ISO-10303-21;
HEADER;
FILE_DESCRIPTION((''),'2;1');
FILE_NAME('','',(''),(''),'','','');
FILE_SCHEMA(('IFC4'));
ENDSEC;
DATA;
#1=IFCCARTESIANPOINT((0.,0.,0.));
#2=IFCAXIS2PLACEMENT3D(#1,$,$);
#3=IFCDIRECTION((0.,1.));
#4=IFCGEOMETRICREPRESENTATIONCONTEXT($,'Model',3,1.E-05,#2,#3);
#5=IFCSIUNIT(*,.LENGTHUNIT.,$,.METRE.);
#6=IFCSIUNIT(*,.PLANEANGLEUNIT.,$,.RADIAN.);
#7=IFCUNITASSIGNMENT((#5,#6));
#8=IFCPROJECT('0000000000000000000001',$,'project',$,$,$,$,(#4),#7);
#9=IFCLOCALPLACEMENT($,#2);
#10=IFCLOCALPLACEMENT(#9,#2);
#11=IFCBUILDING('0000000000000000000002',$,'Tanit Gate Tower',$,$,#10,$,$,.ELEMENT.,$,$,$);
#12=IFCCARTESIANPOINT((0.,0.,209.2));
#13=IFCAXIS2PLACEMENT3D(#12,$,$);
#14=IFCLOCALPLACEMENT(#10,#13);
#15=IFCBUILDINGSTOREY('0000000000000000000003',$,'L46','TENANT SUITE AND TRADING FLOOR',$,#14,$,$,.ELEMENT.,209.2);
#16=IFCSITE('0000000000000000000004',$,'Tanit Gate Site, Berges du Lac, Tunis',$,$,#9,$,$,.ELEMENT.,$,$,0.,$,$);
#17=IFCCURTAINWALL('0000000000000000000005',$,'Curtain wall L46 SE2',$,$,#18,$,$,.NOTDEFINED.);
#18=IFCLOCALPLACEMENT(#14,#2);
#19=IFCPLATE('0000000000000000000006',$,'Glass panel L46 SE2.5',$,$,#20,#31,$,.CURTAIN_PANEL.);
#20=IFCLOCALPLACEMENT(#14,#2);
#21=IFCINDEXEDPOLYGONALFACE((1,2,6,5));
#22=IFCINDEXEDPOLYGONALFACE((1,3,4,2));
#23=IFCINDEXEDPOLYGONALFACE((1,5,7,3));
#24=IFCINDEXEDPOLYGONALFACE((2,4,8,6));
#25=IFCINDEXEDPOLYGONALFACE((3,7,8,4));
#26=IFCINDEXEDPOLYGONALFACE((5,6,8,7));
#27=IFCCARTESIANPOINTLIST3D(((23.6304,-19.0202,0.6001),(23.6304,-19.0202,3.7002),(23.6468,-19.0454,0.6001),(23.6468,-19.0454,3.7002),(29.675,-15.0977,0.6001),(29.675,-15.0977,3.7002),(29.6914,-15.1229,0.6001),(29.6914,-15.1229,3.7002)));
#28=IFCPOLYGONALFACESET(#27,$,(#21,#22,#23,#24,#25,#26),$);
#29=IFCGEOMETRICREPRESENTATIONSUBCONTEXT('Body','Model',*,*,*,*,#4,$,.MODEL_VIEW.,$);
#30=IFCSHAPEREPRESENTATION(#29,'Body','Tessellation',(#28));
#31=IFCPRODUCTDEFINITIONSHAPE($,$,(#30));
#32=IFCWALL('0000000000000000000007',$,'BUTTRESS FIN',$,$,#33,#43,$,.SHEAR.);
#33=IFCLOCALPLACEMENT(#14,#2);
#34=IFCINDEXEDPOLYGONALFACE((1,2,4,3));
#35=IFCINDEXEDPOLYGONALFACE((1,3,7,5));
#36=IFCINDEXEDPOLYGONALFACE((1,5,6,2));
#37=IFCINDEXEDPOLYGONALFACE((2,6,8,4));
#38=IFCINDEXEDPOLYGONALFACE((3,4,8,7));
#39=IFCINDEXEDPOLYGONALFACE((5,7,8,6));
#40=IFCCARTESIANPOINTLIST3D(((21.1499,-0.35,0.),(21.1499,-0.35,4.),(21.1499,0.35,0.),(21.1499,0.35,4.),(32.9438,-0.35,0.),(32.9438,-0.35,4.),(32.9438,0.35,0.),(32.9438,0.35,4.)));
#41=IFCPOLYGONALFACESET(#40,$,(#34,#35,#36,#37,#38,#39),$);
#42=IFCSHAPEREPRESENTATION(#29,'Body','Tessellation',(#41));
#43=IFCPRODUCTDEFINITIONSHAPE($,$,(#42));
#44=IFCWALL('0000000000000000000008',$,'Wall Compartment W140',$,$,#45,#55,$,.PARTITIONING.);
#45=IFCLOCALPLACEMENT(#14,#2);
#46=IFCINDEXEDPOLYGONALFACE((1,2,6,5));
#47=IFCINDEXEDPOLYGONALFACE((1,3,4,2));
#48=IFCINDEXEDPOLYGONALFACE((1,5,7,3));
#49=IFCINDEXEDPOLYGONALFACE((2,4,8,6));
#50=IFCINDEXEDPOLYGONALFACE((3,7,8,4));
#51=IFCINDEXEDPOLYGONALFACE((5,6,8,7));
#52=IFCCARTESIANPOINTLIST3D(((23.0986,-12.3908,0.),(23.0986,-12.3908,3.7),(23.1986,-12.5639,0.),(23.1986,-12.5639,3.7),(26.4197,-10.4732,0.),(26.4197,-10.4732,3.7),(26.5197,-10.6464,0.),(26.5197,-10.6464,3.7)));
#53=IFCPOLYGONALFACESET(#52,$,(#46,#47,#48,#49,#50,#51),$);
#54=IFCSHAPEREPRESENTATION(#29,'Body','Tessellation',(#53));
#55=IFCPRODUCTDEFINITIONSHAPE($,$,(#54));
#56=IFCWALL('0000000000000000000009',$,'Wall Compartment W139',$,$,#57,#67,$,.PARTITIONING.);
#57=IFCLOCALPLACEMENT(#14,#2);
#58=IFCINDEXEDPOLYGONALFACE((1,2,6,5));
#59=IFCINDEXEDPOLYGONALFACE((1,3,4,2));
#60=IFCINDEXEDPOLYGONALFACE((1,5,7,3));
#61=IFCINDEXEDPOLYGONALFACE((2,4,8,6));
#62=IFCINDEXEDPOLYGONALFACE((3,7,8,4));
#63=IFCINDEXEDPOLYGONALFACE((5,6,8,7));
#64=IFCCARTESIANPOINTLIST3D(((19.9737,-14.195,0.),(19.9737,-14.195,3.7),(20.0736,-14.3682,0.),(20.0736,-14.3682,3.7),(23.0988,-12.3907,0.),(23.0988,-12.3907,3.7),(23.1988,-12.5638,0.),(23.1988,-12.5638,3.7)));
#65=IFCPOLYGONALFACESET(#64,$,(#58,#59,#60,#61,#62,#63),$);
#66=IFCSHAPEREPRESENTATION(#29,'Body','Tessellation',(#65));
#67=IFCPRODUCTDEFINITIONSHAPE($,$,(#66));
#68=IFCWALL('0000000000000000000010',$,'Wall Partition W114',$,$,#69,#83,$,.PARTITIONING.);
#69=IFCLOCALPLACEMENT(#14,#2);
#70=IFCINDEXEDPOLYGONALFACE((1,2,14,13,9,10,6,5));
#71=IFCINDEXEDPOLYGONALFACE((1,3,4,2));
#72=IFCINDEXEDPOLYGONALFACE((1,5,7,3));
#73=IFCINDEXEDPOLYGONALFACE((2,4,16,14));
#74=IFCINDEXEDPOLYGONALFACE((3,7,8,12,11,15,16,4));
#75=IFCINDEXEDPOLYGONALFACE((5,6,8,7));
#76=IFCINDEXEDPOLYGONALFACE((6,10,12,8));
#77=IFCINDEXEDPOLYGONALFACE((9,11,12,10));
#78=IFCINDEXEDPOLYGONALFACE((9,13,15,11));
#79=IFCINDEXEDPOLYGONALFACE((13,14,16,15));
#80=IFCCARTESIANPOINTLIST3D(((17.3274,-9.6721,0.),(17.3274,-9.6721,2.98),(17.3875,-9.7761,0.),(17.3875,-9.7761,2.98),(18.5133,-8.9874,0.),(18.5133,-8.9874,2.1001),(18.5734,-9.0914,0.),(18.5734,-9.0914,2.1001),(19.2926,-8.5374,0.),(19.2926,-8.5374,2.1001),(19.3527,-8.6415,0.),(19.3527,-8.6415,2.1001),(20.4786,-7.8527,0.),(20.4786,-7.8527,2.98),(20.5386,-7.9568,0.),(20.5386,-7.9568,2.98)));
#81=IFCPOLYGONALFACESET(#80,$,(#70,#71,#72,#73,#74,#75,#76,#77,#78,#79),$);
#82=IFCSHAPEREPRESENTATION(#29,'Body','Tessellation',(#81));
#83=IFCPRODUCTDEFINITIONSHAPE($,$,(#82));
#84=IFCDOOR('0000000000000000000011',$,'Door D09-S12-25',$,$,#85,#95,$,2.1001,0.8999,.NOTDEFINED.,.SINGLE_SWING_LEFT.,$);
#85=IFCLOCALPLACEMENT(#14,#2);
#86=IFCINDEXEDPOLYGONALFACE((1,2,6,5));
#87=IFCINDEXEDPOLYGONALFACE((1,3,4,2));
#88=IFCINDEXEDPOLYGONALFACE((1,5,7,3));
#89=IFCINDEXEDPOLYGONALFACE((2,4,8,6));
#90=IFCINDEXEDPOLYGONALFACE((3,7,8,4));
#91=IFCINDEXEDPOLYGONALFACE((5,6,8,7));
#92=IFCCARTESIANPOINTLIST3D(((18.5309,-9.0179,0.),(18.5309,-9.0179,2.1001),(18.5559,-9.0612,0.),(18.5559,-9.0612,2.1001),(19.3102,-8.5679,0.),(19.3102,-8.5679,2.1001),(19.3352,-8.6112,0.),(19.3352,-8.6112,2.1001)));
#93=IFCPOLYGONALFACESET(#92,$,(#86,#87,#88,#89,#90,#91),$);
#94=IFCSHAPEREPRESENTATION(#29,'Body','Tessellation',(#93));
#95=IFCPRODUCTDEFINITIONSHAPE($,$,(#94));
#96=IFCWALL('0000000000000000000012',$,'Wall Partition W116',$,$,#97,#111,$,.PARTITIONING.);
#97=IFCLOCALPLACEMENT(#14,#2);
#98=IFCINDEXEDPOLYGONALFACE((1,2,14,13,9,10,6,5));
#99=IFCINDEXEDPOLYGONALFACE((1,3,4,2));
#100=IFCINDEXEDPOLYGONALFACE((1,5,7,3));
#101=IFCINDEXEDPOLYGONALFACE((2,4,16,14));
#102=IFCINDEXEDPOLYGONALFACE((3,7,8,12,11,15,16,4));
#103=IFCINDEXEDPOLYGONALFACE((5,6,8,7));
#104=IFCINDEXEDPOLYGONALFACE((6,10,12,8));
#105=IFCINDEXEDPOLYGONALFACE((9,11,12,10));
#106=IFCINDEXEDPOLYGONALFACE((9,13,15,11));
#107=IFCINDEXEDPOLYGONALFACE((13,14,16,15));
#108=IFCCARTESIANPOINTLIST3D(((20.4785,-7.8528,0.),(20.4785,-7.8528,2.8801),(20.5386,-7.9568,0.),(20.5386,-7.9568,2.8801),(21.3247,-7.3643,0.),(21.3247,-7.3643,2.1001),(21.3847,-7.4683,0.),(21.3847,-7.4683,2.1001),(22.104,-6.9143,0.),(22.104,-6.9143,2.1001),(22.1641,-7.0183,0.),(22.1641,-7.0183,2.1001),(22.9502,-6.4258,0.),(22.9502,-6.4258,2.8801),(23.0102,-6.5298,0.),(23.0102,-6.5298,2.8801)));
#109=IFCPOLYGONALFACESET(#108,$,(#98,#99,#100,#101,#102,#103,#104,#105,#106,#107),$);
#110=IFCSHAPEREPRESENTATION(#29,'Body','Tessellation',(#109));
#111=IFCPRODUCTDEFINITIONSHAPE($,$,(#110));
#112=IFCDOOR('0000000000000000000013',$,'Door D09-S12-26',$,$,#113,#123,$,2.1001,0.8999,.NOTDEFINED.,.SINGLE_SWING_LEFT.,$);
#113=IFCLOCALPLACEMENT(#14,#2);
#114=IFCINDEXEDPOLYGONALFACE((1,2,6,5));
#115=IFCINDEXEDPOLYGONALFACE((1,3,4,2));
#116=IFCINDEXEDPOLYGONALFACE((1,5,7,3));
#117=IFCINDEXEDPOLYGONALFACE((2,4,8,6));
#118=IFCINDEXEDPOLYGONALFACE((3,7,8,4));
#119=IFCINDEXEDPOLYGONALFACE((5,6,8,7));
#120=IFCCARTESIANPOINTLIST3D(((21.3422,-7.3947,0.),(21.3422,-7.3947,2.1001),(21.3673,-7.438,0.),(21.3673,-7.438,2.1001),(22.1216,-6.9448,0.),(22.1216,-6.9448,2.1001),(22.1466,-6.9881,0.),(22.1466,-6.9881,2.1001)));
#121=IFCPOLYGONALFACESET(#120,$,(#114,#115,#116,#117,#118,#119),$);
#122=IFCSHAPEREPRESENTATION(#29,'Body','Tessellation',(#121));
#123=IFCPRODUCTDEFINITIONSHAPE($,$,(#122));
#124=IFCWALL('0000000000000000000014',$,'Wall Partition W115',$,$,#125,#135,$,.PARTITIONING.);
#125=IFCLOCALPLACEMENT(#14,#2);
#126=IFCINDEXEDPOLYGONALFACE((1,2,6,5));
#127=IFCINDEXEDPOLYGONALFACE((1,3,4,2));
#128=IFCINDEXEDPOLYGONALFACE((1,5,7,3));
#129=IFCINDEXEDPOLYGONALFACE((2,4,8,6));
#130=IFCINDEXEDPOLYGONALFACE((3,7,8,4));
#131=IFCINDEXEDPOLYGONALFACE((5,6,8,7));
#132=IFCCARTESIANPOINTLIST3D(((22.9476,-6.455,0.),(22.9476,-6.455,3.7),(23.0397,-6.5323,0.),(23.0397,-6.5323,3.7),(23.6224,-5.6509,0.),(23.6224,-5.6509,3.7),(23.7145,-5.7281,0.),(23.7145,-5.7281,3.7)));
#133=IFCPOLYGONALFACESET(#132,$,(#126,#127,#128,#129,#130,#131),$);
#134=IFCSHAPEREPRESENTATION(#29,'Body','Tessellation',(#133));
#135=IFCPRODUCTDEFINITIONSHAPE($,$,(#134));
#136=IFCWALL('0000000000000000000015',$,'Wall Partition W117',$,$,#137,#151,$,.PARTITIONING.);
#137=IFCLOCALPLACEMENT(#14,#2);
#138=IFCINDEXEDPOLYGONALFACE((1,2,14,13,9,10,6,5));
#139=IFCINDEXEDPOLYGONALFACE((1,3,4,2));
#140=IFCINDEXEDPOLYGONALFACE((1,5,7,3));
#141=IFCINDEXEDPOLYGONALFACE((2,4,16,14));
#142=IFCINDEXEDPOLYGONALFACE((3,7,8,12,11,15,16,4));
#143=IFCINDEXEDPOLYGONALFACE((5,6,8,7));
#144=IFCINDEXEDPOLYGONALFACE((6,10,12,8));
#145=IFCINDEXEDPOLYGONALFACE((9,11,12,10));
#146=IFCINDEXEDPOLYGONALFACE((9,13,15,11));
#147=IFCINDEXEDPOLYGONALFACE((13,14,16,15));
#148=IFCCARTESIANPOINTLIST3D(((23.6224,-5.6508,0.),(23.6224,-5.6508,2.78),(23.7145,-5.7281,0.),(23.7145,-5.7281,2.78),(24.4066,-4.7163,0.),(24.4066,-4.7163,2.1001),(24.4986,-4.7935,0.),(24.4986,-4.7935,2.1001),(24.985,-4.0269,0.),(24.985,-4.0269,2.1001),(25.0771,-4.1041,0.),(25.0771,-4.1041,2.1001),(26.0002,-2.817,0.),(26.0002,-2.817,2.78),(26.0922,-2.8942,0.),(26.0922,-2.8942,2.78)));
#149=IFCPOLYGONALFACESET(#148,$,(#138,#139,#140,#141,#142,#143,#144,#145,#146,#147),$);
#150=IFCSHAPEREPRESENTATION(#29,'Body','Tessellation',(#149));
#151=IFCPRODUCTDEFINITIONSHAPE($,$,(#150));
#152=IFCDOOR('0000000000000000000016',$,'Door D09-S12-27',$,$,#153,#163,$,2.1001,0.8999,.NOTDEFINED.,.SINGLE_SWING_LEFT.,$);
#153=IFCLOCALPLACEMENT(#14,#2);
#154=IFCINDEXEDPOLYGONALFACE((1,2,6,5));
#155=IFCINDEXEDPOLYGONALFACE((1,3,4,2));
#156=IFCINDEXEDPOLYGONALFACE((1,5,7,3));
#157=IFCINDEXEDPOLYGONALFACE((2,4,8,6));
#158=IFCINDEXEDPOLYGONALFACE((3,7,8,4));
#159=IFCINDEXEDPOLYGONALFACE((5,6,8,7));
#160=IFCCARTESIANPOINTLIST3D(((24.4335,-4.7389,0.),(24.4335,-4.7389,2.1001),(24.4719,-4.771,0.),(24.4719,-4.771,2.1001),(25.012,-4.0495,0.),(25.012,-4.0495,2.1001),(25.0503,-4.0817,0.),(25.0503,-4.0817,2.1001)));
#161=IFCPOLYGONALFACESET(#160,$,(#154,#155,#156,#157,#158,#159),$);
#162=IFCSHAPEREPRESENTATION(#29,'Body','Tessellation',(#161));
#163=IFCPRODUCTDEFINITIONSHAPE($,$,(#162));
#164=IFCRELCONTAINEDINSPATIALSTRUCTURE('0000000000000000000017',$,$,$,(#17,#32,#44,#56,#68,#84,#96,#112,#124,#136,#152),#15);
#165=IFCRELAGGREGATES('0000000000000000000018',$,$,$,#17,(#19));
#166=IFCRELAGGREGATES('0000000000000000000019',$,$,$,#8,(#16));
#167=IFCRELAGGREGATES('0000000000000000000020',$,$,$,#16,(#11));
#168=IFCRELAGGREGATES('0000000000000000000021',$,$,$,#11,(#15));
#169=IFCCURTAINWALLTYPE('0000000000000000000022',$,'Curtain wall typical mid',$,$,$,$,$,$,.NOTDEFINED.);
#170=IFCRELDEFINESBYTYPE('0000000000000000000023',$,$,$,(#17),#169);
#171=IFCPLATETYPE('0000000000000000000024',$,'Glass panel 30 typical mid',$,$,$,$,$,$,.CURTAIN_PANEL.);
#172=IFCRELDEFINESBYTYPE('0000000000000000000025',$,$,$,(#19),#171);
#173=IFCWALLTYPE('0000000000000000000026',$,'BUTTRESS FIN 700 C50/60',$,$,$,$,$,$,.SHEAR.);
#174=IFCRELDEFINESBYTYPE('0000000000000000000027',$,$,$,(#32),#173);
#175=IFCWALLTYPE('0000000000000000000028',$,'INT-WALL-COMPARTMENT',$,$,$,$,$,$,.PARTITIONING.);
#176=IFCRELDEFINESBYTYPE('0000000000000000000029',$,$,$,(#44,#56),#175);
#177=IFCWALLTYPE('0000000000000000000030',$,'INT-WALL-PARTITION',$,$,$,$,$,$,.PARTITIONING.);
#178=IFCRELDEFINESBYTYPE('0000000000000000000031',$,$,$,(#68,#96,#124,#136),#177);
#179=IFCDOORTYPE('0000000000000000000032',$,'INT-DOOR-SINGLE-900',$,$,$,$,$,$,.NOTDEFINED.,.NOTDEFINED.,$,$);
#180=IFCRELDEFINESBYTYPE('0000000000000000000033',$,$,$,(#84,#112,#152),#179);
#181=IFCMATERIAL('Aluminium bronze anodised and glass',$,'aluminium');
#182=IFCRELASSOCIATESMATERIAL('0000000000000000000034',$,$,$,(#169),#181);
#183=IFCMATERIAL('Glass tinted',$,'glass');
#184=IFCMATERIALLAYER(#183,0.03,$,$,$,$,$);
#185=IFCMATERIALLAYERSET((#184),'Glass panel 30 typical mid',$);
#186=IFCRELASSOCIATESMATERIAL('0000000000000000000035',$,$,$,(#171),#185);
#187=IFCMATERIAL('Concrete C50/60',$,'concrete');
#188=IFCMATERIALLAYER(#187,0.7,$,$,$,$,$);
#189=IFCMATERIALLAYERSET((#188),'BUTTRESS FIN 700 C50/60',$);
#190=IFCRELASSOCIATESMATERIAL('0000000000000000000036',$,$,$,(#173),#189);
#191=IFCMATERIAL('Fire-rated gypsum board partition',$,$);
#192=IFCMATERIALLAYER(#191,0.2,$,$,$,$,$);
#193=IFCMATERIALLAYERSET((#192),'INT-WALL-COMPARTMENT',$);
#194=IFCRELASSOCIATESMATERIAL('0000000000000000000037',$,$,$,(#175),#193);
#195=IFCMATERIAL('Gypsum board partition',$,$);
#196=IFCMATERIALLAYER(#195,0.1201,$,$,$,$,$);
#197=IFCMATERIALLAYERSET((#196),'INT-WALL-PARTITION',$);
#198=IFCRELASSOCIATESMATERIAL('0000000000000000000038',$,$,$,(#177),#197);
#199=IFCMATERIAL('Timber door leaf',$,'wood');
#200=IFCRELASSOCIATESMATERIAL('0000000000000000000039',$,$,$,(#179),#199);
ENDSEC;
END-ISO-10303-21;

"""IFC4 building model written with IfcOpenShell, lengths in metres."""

from ifc_helpers import new_model, si_unit, direction, frame, frame_2d, origin, origin_2d, place, context, subcontext, project, spatial, rectangle, extrude, material, layer, layer_set, type_object, element, fill, aggregate, save


model = new_model("IFC4")

# Units and contexts
model_context = context("Model", 3, precision=1e-05, world=origin(), true_north=direction((0.0, 1.0)))
body_context = subcontext(model_context, "Body", "Model", "MODEL_VIEW")
ifc_project = project(units=[si_unit("LENGTHUNIT", "METRE"), si_unit("PLANEANGLEUNIT", "RADIAN")], contexts=[model_context])

# Site, building, storey
site_placement = place(None, origin())
site = spatial("IfcSite", under=ifc_project, at=site_placement, Name="Tanit Gate Site, Berges du Lac, Tunis", CompositionType="ELEMENT", RefElevation=0.0)
building_placement = place(site_placement, origin())
building = spatial("IfcBuilding", under=site, at=building_placement, Name="Tanit Gate Tower", CompositionType="ELEMENT")
storey_placement = place(building_placement, frame((0.0, 0.0, 209.2)))
storey = spatial("IfcBuildingStorey", under=building, at=storey_placement, Name="L46", Description="TENANT SUITE AND TRADING FLOOR", CompositionType="ELEMENT", Elevation=209.2)

# Curtain wall
ifc_material_1 = material(Name="Aluminium bronze anodised and glass", Category="aluminium")
curtain_wall_type = type_object("IfcCurtainWallType", Name="Curtain wall typical mid", PredefinedType="NOTDEFINED", material=ifc_material_1)
curtain_wall_placement = place(storey_placement, origin())
curtain_wall = element("IfcCurtainWall", 1, at=curtain_wall_placement, inside=storey, type_object=curtain_wall_type, Name="Curtain wall L46 SE2", PredefinedType="NOTDEFINED")

# Plate
ifc_material_2 = material(Name="Glass tinted", Category="glass")
ifc_layer_1 = layer(ifc_material_2, 0.03)
ifc_layer_set_1 = layer_set([ifc_layer_1], Name="Glass panel 30 typical mid")
plate_type = type_object("IfcPlateType", Name="Glass panel 30 typical mid", PredefinedType="CURTAIN_PANEL", material=ifc_layer_set_1)
plate_1_placement = place(storey_placement, frame((26.6609, -17.0715, 0.6001), z_axis=(0.0, 0.0, 1.0), x_axis=(0.838852, 0.544359, 0.0)))
plate_1 = element("IfcPlate", 2, at=plate_1_placement, type_object=plate_type, Name="Glass panel L46 SE2.5", PredefinedType="CURTAIN_PANEL", context=body_context, shape_type="SweptSolid", body=[
    extrude(rectangle(XDim=7.2058, YDim=0.03, at=origin_2d()), origin(), (0.0, 0.0, 1.0), 3.1001),
])
aggregate(curtain_wall, [plate_1])

# Walls
ifc_material_3 = material(Name="Concrete C50/60", Category="concrete")
ifc_layer_2 = layer(ifc_material_3, 0.7)
ifc_layer_set_2 = layer_set([ifc_layer_2], Name="BUTTRESS FIN 700 C50/60")
wall_type_1 = type_object("IfcWallType", Name="BUTTRESS FIN 700 C50/60", PredefinedType="SHEAR", material=ifc_layer_set_2)
wall_1_placement = place(storey_placement, frame((21.1499, 0.0, 0.0), z_axis=(0.0, 0.0, 1.0), x_axis=(1.0, 0.0, 0.0)))
element("IfcWall", 3, at=wall_1_placement, inside=storey, type_object=wall_type_1, Name="BUTTRESS FIN", PredefinedType="SHEAR", context=body_context, shape_type="SweptSolid", body=[
    extrude(rectangle(XDim=11.7939, YDim=0.7, at=frame_2d((5.897, 0.0))), origin(), (0.0, 0.0, 1.0), 4.0),
])
ifc_material_4 = material(Name="Fire-rated gypsum board partition")
ifc_layer_3 = layer(ifc_material_4, 0.2)
ifc_layer_set_3 = layer_set([ifc_layer_3], Name="INT-WALL-COMPARTMENT")
wall_type_2 = type_object("IfcWallType", Name="INT-WALL-COMPARTMENT", PredefinedType="PARTITIONING", material=ifc_layer_set_3)
wall_2_placement = place(storey_placement, frame((26.4697, -10.5598, 0.0), z_axis=(0.0, 0.0, 1.0), x_axis=(-0.866017, -0.500015, 0.0)))
element("IfcWall", 4, at=wall_2_placement, inside=storey, type_object=wall_type_2, Name="Wall Compartment W140", PredefinedType="PARTITIONING", context=body_context, shape_type="SweptSolid", body=[
    extrude(rectangle(XDim=3.835, YDim=0.2, at=frame_2d((1.9175, 0.0))), origin(), (0.0, 0.0, 1.0), 3.7),
])
wall_3_placement = place(storey_placement, frame((23.1487, -12.4773, 0.0), z_axis=(0.0, 0.0, 1.0), x_axis=(-0.866015, -0.500017, 0.0)))
element("IfcWall", 5, at=wall_3_placement, inside=storey, type_object=wall_type_2, Name="Wall Compartment W139", PredefinedType="PARTITIONING", context=body_context, shape_type="SweptSolid", body=[
    extrude(rectangle(XDim=3.6086, YDim=0.2, at=frame_2d((1.8042, 0.0))), origin(), (0.0, 0.0, 1.0), 3.7),
])

# Walls, openings, doors
ifc_material_5 = material(Name="Gypsum board partition")
ifc_layer_4 = layer(ifc_material_5, 0.1201)
ifc_layer_set_4 = layer_set([ifc_layer_4], Name="INT-WALL-PARTITION")
wall_type_3 = type_object("IfcWallType", Name="INT-WALL-PARTITION", PredefinedType="PARTITIONING", material=ifc_layer_set_4)
wall_4_placement = place(storey_placement, frame((17.3574, -9.7241, 0.0), z_axis=(0.0, 0.0, 1.0), x_axis=(0.866021, 0.500007, 0.0)))
wall_4 = element("IfcWall", 6, at=wall_4_placement, inside=storey, type_object=wall_type_3, Name="Wall Partition W114", PredefinedType="PARTITIONING", context=body_context, shape_type="SweptSolid", body=[
    extrude(rectangle(XDim=3.6387, YDim=0.1201, at=frame_2d((1.8193, 0.0))), origin(), (0.0, 0.0, 1.0), 2.98),
])
opening_1_placement = place(wall_4_placement, frame((1.3694, 0.0, 0.0)))
opening_1 = element("IfcOpeningElement", 7, at=opening_1_placement, cuts=wall_4, PredefinedType="OPENING", context=body_context, shape_type="SweptSolid", body=[
    extrude(rectangle(XDim=0.8999, YDim=2.1001, at=frame_2d((0.45, 1.05))), frame((0.0, 0.0701, 0.0), z_axis=(0.0, -1.0, 0.0), x_axis=(1.0, 0.0, 0.0)), (0.0, 0.0, 1.0), 0.1401),
])
ifc_material_6 = material(Name="Timber door leaf", Category="wood")
door_type_1 = type_object("IfcDoorType", Name="INT-DOOR-SINGLE-900", OperationType="NOTDEFINED", PredefinedType="NOTDEFINED", material=ifc_material_6)
door_1_placement = place(opening_1_placement, origin())
door_1 = element("IfcDoor", 8, at=door_1_placement, inside=storey, type_object=door_type_1, Name="Door D09-S12-25", OperationType="SINGLE_SWING_LEFT", OverallHeight=2.1001, OverallWidth=0.8999, PredefinedType="NOTDEFINED", context=body_context, shape_type="SweptSolid", body=[
    extrude(rectangle(XDim=0.8999, YDim=2.1001, at=frame_2d((0.45, 1.05))), frame((0.0, 0.0249, 0.0), z_axis=(0.0, -1.0, 0.0), x_axis=(1.0, 0.0, 0.0)), (0.0, 0.0, 1.0), 0.05),
])
fill(opening_1, door_1)
wall_5_placement = place(storey_placement, frame((20.5085, -7.9048, 0.0), z_axis=(0.0, 0.0, 1.0), x_axis=(0.866029, 0.499994, 0.0)))
wall_5 = element("IfcWall", 9, at=wall_5_placement, inside=storey, type_object=wall_type_3, Name="Wall Partition W116", PredefinedType="PARTITIONING", context=body_context, shape_type="SweptSolid", body=[
    extrude(rectangle(XDim=2.854, YDim=0.1201, at=frame_2d((1.427, 0.0))), origin(), (0.0, 0.0, 1.0), 2.8801),
])
opening_2_placement = place(wall_5_placement, frame((0.9771, 0.0, 0.0)))
opening_2 = element("IfcOpeningElement", 10, at=opening_2_placement, cuts=wall_5, PredefinedType="OPENING", context=body_context, shape_type="SweptSolid", body=[
    extrude(rectangle(XDim=0.8999, YDim=2.1001, at=frame_2d((0.45, 1.05))), frame((0.0, 0.0701, 0.0), z_axis=(0.0, -1.0, 0.0), x_axis=(1.0, 0.0, 0.0)), (0.0, 0.0, 1.0), 0.1401),
])
door_2_placement = place(opening_2_placement, origin())
door_2 = element("IfcDoor", 11, at=door_2_placement, inside=storey, type_object=door_type_1, Name="Door D09-S12-26", OperationType="SINGLE_SWING_LEFT", OverallHeight=2.1001, OverallWidth=0.8999, PredefinedType="NOTDEFINED", context=body_context, shape_type="SweptSolid", body=[
    extrude(rectangle(XDim=0.8999, YDim=2.1001, at=frame_2d((0.45, 1.05))), frame((0.0, 0.0249, 0.0), z_axis=(0.0, -1.0, 0.0), x_axis=(1.0, 0.0, 0.0)), (0.0, 0.0, 1.0), 0.05),
])
fill(opening_2, door_2)

# Wall
wall_6_placement = place(storey_placement, frame((22.9937, -6.4937, 0.0), z_axis=(0.0, 0.0, 1.0), x_axis=(0.642788, 0.766044, 0.0)))
element("IfcWall", 12, at=wall_6_placement, inside=storey, type_object=wall_type_3, Name="Wall Partition W115", PredefinedType="PARTITIONING", context=body_context, shape_type="SweptSolid", body=[
    extrude(rectangle(XDim=1.0498, YDim=0.1201, at=frame_2d((0.5249, 0.0))), origin(), (0.0, 0.0, 1.0), 3.7),
])

# Wall, opening, door
wall_7_placement = place(storey_placement, frame((23.6685, -5.6895, 0.0), z_axis=(0.0, 0.0, 1.0), x_axis=(0.642771, 0.766058, 0.0)))
wall_7 = element("IfcWall", 13, at=wall_7_placement, inside=storey, type_object=wall_type_3, Name="Wall Partition W117", PredefinedType="PARTITIONING", context=body_context, shape_type="SweptSolid", body=[
    extrude(rectangle(XDim=3.6992, YDim=0.1201, at=frame_2d((1.8496, 0.0))), origin(), (0.0, 0.0, 1.0), 2.78),
])
opening_3_placement = place(wall_7_placement, frame((1.22, 0.0, 0.0)))
opening_3 = element("IfcOpeningElement", 14, at=opening_3_placement, cuts=wall_7, PredefinedType="OPENING", context=body_context, shape_type="SweptSolid", body=[
    extrude(rectangle(XDim=0.8999, YDim=2.1001, at=frame_2d((0.45, 1.05))), frame((0.0, 0.0701, 0.0), z_axis=(0.0, -1.0, 0.0), x_axis=(1.0, 0.0, 0.0)), (0.0, 0.0, 1.0), 0.1401),
])
door_3_placement = place(opening_3_placement, origin())
door_3 = element("IfcDoor", 15, at=door_3_placement, inside=storey, type_object=door_type_1, Name="Door D09-S12-27", OperationType="SINGLE_SWING_LEFT", OverallHeight=2.1001, OverallWidth=0.8999, PredefinedType="NOTDEFINED", context=body_context, shape_type="SweptSolid", body=[
    extrude(rectangle(XDim=0.8999, YDim=2.1001, at=frame_2d((0.45, 1.05))), frame((0.0, 0.0249, 0.0), z_axis=(0.0, -1.0, 0.0), x_axis=(1.0, 0.0, 0.0)), (0.0, 0.0, 1.0), 0.05),
])
fill(opening_3, door_3)

save(model, "model.ifc")
